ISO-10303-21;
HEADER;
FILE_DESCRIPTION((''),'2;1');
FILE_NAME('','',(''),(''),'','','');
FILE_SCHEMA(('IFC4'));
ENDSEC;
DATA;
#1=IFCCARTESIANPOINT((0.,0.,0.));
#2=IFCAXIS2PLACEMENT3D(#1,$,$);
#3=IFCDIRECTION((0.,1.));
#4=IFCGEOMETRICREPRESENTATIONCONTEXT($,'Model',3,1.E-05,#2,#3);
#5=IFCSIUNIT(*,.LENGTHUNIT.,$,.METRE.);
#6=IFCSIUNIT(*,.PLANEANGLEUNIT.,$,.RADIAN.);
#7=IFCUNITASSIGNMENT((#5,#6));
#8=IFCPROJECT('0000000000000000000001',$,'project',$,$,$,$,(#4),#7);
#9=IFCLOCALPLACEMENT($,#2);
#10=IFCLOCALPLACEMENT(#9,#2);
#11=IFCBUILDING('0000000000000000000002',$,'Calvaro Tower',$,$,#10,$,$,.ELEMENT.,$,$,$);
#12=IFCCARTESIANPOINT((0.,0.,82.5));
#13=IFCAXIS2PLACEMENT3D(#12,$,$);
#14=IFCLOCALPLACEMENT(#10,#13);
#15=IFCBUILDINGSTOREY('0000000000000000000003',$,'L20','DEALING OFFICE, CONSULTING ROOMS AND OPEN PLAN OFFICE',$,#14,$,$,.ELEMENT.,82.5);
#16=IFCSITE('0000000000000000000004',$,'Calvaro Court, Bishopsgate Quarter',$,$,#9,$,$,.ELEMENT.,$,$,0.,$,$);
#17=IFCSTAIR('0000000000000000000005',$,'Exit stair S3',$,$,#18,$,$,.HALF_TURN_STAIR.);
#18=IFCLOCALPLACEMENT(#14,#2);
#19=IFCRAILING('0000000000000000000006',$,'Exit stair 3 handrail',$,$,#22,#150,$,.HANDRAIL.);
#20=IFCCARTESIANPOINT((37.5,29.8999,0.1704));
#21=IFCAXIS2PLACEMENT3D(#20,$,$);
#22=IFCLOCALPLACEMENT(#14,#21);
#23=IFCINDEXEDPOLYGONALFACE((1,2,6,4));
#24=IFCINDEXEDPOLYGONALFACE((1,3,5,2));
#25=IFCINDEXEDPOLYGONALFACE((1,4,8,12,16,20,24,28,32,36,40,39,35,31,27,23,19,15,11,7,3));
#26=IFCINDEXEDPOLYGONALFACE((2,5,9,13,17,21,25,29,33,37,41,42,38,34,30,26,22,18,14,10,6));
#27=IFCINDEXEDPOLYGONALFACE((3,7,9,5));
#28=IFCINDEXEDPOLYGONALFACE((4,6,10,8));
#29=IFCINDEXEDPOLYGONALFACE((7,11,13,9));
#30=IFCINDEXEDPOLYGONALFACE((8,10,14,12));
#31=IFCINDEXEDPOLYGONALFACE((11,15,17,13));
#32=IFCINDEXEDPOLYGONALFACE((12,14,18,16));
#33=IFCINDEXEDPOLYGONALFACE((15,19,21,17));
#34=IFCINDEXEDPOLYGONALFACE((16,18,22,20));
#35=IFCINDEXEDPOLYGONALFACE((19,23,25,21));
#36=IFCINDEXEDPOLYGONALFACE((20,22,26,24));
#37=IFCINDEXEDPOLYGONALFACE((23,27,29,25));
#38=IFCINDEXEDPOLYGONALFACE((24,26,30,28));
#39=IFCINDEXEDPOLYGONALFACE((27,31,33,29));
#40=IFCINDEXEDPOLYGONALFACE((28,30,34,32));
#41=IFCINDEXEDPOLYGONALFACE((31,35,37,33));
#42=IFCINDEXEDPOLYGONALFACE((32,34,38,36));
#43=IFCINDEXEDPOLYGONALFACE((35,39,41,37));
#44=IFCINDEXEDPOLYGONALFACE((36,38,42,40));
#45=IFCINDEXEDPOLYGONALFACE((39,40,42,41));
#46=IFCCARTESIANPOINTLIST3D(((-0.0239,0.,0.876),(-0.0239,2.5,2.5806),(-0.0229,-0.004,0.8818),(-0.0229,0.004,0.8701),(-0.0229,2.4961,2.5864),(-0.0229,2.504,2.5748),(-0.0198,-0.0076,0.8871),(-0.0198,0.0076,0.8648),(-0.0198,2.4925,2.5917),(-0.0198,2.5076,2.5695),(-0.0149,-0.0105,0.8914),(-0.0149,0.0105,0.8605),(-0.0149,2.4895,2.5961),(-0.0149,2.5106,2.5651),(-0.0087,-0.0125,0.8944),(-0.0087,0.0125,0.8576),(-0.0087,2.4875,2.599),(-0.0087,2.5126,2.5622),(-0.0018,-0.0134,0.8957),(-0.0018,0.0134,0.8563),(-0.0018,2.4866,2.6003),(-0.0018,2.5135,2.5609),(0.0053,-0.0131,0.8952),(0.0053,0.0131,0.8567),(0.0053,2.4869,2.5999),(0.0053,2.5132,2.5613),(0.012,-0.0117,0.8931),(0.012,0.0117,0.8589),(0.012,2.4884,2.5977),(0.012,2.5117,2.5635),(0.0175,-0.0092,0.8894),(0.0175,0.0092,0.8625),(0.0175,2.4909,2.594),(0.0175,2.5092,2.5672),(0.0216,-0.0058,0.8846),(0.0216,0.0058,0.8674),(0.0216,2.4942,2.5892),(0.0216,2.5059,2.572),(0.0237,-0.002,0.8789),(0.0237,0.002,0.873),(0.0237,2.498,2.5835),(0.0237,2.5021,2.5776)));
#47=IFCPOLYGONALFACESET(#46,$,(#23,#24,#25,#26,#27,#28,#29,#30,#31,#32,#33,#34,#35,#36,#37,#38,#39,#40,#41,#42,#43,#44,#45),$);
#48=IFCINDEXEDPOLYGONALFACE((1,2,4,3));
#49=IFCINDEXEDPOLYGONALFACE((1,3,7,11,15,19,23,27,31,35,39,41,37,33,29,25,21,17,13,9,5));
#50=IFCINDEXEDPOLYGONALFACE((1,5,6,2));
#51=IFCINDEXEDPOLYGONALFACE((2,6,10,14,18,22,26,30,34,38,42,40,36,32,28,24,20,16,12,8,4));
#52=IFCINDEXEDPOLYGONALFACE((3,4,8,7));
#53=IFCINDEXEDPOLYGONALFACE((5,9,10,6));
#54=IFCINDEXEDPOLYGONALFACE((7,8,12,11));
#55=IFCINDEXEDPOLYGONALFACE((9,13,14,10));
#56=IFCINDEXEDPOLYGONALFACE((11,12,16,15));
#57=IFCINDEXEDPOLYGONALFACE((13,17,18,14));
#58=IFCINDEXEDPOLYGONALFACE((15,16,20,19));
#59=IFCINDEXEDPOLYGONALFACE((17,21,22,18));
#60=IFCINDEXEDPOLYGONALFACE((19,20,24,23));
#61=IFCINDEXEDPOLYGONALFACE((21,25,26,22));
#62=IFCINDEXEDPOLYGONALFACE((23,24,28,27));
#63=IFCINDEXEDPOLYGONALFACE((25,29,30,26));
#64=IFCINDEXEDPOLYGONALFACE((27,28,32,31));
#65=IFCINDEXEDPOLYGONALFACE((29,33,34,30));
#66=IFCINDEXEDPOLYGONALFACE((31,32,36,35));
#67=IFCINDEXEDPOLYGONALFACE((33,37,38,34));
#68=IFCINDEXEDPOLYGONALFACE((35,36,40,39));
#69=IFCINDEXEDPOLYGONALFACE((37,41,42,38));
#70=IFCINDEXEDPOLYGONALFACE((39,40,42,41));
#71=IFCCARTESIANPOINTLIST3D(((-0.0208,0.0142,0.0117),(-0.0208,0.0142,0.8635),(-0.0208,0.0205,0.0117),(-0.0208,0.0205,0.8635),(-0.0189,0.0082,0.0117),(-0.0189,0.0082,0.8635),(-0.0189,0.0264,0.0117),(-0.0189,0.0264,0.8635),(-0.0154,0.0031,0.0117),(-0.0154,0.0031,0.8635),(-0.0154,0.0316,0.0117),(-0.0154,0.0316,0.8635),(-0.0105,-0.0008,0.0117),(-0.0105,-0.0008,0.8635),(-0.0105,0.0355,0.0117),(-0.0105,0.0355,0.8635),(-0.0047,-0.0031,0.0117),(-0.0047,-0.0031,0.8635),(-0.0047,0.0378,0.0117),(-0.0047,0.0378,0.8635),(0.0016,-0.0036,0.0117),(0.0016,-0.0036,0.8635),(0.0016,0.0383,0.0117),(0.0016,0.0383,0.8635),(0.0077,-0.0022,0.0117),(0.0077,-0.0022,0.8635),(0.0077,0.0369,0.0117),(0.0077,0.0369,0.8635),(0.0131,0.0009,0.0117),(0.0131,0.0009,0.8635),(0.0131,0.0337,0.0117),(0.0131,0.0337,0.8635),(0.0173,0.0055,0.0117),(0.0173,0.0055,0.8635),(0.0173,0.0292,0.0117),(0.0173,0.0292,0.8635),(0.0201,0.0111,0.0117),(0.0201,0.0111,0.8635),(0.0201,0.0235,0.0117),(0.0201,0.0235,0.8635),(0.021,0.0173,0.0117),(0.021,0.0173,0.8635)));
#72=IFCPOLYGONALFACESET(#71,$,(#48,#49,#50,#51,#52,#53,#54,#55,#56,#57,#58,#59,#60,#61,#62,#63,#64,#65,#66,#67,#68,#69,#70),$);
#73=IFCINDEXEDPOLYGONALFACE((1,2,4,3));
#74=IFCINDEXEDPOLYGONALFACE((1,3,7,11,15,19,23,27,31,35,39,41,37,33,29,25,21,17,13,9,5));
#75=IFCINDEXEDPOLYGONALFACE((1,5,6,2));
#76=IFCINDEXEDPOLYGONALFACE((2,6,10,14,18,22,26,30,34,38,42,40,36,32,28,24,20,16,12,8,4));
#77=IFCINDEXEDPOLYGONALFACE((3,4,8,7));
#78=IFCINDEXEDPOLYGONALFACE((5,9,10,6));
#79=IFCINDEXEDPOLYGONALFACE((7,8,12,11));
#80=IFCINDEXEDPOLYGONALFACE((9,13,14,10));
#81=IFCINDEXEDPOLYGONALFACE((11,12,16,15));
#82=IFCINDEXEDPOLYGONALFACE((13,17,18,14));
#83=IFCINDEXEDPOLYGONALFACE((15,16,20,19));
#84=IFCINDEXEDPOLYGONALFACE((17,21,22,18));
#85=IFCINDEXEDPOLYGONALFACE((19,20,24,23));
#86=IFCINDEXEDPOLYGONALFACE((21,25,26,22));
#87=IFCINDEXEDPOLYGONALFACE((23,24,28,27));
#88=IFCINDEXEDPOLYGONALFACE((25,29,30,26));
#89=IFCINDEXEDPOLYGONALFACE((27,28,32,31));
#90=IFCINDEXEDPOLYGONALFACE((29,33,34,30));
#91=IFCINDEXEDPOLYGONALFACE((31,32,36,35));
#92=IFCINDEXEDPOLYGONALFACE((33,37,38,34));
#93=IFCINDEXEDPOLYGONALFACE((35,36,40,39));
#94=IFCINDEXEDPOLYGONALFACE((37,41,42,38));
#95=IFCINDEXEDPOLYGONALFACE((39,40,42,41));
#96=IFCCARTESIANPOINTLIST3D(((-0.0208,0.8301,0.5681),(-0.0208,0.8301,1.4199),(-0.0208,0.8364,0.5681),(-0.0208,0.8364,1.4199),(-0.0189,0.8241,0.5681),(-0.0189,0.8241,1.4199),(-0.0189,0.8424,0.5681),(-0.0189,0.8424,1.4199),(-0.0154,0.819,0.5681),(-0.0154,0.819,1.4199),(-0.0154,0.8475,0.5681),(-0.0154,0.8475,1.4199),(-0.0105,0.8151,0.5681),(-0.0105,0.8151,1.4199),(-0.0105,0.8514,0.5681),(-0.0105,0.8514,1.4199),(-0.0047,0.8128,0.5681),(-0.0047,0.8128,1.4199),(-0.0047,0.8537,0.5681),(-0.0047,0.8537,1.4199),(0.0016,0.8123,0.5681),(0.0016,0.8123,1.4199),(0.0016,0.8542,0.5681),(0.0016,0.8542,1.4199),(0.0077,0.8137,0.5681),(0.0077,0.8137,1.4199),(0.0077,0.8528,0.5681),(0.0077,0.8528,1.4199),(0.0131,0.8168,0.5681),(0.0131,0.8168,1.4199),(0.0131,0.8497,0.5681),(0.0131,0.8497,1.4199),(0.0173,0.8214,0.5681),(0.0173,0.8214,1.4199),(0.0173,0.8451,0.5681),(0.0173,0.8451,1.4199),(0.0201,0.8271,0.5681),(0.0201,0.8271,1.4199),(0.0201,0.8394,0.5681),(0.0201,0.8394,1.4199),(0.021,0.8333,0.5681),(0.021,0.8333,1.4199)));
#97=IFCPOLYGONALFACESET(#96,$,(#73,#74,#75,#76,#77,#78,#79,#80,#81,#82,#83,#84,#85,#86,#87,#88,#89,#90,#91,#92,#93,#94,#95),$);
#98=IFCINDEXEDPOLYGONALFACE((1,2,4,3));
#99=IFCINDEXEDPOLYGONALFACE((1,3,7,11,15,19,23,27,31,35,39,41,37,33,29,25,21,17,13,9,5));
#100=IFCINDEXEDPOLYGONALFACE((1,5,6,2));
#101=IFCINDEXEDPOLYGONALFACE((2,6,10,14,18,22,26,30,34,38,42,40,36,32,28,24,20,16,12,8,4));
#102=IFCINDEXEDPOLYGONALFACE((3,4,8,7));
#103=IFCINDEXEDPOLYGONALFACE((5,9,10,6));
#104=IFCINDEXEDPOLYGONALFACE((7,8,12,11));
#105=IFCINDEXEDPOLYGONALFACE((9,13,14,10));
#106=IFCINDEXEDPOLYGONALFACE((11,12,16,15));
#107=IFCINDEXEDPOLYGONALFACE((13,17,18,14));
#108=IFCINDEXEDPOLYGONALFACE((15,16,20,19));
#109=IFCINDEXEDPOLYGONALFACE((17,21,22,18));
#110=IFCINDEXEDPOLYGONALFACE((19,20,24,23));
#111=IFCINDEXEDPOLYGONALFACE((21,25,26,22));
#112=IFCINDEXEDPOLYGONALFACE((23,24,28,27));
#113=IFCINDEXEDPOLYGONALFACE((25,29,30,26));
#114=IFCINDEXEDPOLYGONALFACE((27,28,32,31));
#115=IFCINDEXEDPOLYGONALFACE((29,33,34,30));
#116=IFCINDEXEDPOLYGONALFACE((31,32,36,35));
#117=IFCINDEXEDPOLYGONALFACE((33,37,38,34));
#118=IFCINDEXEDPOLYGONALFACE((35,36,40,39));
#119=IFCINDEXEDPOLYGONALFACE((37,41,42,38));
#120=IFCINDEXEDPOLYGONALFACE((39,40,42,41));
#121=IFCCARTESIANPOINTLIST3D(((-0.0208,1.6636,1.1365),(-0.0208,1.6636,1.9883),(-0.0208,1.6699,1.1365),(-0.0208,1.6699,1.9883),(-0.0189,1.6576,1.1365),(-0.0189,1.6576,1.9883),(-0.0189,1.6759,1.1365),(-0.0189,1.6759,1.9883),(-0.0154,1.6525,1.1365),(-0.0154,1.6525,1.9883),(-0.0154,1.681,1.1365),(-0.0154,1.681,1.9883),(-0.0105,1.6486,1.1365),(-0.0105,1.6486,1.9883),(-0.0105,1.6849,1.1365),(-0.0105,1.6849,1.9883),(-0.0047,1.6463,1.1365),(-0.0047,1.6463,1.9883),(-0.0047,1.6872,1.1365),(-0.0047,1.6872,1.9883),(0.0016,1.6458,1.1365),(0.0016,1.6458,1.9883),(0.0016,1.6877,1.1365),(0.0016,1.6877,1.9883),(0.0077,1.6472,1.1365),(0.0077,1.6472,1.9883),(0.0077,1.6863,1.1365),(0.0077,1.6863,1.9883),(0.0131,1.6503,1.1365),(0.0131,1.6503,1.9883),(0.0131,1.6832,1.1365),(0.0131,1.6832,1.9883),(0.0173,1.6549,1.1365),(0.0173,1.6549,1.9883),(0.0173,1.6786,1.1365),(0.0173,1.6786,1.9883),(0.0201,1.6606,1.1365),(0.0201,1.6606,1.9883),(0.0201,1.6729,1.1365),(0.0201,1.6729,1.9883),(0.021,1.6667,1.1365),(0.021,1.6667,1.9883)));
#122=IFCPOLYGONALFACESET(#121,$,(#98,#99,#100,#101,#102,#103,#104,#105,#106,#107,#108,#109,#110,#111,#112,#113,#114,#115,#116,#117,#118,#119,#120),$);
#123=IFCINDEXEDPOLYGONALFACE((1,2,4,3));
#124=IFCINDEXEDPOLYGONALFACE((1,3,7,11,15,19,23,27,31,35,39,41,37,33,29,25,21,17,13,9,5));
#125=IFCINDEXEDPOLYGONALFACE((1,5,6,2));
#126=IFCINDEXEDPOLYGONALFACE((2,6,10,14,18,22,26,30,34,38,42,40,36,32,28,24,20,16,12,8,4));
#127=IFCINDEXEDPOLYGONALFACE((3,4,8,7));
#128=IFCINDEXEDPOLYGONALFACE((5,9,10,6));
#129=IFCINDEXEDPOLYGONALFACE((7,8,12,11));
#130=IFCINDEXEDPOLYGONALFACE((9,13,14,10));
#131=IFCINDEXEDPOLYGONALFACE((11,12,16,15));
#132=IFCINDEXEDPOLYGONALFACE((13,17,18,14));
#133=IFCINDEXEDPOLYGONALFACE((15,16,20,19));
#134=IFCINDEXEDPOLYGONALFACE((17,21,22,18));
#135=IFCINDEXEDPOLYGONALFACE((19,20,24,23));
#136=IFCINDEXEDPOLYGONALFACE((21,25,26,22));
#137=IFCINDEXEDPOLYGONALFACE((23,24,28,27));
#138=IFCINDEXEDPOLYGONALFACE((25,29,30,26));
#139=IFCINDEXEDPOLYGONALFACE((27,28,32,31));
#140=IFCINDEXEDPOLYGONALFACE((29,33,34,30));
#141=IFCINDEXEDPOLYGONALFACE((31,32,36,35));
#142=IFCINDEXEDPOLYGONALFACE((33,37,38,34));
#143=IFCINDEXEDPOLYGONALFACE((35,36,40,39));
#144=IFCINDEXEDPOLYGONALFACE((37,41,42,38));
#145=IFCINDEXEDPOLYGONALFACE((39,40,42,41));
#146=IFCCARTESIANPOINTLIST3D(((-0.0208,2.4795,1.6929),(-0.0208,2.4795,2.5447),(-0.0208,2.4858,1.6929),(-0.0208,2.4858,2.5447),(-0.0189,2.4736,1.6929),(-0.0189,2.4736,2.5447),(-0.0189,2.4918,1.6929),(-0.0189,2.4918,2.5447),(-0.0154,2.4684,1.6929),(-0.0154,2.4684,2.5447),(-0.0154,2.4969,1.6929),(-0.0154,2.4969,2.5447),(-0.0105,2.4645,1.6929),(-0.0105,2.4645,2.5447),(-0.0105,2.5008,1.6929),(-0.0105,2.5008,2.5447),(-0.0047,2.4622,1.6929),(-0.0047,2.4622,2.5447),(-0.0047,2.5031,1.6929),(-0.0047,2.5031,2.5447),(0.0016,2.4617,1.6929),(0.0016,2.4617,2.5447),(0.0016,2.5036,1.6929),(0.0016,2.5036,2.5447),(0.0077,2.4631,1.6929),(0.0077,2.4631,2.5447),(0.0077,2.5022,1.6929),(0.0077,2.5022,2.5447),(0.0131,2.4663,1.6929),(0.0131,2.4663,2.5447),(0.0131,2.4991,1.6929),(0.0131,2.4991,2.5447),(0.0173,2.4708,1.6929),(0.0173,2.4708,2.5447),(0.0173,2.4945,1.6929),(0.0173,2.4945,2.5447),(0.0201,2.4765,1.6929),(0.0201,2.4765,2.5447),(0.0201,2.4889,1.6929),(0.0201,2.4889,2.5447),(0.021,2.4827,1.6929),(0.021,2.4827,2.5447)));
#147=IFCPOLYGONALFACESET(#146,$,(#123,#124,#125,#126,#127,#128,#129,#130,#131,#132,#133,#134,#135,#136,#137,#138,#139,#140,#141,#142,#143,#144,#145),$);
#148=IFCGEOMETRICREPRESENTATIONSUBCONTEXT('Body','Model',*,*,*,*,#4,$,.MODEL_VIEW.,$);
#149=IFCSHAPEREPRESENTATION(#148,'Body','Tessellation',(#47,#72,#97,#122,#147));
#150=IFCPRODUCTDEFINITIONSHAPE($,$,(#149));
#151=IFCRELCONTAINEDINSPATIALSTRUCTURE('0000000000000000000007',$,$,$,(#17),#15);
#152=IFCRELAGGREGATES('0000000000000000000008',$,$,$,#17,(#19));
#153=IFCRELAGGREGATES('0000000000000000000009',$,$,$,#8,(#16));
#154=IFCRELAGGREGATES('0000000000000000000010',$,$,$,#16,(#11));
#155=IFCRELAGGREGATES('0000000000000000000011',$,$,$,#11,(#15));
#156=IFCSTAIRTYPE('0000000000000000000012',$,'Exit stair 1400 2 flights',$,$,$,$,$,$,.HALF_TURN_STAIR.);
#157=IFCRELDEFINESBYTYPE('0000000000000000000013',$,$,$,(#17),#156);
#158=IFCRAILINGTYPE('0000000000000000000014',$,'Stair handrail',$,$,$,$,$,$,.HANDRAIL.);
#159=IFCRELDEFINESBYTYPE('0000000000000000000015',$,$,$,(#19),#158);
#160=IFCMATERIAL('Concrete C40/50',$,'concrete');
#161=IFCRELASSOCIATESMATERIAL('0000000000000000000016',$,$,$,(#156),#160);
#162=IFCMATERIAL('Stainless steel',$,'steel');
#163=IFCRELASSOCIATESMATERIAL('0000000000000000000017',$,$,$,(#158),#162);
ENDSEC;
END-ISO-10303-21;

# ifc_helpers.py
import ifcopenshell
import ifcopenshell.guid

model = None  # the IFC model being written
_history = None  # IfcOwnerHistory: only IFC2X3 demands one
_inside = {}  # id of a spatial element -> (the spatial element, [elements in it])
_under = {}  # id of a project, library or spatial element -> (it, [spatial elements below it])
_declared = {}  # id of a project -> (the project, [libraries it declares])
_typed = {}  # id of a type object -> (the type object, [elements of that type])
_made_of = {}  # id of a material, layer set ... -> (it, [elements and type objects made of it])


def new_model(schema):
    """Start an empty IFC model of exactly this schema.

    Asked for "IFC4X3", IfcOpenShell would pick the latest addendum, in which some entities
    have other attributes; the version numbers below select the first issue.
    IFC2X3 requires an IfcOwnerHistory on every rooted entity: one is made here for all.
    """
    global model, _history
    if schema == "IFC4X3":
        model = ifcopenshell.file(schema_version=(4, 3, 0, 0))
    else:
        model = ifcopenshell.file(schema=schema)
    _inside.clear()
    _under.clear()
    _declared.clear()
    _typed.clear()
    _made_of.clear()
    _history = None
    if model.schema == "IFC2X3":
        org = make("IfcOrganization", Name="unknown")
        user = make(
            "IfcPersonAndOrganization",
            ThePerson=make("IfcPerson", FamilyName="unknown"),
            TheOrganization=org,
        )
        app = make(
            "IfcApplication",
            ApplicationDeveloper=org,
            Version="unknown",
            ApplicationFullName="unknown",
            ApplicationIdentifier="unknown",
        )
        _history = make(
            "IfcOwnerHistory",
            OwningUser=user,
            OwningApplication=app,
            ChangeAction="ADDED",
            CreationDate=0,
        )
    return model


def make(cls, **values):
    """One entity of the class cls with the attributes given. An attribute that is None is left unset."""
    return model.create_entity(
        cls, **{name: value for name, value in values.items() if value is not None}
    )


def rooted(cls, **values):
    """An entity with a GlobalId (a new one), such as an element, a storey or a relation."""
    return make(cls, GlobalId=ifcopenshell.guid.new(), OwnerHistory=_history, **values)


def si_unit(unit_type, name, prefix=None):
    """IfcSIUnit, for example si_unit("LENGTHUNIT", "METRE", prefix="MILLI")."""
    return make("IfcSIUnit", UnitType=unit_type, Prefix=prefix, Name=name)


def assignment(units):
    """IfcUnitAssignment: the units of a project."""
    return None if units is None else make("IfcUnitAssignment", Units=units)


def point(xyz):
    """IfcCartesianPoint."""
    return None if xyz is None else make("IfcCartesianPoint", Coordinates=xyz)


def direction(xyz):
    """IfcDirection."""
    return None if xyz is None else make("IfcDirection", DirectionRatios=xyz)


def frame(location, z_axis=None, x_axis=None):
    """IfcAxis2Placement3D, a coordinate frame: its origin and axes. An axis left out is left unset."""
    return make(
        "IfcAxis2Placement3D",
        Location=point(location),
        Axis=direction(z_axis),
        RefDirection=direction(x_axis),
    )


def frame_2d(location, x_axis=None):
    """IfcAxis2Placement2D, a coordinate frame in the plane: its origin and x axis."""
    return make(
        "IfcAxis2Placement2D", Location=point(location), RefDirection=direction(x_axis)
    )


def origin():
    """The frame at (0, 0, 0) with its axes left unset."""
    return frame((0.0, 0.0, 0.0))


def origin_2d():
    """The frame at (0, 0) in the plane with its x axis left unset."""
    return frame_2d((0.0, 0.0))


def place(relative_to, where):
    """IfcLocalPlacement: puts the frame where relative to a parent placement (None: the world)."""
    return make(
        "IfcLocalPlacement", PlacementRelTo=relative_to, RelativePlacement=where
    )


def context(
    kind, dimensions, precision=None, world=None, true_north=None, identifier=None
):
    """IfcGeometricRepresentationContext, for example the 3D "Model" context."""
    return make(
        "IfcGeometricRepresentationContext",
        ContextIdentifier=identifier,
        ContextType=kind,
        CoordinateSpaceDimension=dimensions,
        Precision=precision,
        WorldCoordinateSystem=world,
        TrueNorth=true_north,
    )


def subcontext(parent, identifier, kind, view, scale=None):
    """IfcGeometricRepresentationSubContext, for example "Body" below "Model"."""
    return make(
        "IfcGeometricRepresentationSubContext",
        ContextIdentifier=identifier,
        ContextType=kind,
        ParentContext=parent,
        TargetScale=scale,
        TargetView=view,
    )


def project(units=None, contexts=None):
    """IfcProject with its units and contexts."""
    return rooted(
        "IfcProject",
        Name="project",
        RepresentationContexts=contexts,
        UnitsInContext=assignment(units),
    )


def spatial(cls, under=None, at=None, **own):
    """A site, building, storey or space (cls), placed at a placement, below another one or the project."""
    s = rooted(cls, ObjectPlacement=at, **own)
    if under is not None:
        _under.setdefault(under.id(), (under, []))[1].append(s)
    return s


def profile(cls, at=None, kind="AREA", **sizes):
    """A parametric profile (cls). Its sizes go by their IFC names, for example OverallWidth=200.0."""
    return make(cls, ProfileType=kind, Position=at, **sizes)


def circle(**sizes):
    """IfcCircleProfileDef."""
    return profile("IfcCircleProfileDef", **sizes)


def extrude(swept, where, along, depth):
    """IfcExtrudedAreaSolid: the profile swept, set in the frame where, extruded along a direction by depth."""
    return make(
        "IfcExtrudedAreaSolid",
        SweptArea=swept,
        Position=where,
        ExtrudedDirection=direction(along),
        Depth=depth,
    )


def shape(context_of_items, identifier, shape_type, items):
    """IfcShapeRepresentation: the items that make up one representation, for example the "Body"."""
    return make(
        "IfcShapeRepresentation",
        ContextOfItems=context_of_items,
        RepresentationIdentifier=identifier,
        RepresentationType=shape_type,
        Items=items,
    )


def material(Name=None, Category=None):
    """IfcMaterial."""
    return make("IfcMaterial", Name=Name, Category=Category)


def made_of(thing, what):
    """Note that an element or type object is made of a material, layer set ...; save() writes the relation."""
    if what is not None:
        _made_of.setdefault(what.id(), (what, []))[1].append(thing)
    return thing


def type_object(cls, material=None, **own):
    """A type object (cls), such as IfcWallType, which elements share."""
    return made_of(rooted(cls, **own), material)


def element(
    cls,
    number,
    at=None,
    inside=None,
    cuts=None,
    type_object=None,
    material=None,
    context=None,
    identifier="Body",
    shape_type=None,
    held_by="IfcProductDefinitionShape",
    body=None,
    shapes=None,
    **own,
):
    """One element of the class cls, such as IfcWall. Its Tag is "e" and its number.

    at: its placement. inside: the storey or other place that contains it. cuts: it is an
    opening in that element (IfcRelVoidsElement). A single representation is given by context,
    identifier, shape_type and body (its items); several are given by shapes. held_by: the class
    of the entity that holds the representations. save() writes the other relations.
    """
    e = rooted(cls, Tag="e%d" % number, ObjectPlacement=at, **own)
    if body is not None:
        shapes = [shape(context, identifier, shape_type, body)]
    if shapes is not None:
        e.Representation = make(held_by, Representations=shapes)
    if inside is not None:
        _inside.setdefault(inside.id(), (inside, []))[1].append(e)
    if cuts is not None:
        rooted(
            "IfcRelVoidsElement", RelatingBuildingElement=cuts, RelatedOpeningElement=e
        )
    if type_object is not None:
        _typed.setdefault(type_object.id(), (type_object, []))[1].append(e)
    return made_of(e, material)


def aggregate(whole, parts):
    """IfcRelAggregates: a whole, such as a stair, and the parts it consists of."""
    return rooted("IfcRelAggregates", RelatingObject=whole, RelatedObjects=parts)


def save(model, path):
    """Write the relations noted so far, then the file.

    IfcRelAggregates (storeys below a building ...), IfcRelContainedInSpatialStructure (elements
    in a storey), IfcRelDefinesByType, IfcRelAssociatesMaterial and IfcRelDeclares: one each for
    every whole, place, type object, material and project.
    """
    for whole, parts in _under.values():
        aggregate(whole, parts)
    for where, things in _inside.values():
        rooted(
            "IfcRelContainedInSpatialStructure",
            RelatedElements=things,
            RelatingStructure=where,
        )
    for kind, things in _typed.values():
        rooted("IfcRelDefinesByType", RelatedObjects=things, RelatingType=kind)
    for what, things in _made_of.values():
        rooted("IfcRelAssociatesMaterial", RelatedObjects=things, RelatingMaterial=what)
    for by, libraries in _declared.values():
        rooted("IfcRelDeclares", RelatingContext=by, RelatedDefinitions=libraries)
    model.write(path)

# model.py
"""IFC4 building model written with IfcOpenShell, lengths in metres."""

from ifc_helpers import new_model, si_unit, direction, frame, origin, origin_2d, place, context, subcontext, project, spatial, circle, extrude, material, type_object, element, aggregate, save


model = new_model("IFC4")

# Units and contexts
model_context = context("Model", 3, precision=1e-05, world=origin(), true_north=direction((0.0, 1.0)))
body_context = subcontext(model_context, "Body", "Model", "MODEL_VIEW")
ifc_project = project(units=[si_unit("LENGTHUNIT", "METRE"), si_unit("PLANEANGLEUNIT", "RADIAN")], contexts=[model_context])

# Site, building, storey
site_placement = place(None, origin())
site = spatial("IfcSite", under=ifc_project, at=site_placement, Name="Calvaro Court, Bishopsgate Quarter", CompositionType="ELEMENT", RefElevation=0.0)
building_placement = place(site_placement, origin())
building = spatial("IfcBuilding", under=site, at=building_placement, Name="Calvaro Tower", CompositionType="ELEMENT")
storey_placement = place(building_placement, frame((0.0, 0.0, 82.5)))
storey = spatial("IfcBuildingStorey", under=building, at=storey_placement, Name="L20", Description="DEALING OFFICE, CONSULTING ROOMS AND OPEN PLAN OFFICE", CompositionType="ELEMENT", Elevation=82.5)

# Stair
ifc_material_1 = material(Name="Concrete C40/50", Category="concrete")
stair_type = type_object("IfcStairType", Name="Exit stair 1400 2 flights", PredefinedType="HALF_TURN_STAIR", material=ifc_material_1)
stair_1_placement = place(storey_placement, origin())
stair_1 = element("IfcStair", 1, at=stair_1_placement, inside=storey, type_object=stair_type, Name="Exit stair S3", PredefinedType="HALF_TURN_STAIR")

# Railing
ifc_material_2 = material(Name="Stainless steel", Category="steel")
railing_type = type_object("IfcRailingType", Name="Stair handrail", PredefinedType="HANDRAIL", material=ifc_material_2)
railing_1_placement = place(storey_placement, frame((37.5, 29.8999, 0.1704)))
railing_1 = element("IfcRailing", 2, at=railing_1_placement, type_object=railing_type, Name="Exit stair 3 handrail", PredefinedType="HANDRAIL", context=body_context, shape_type="SweptSolid", body=[
    extrude(circle(Radius=0.0239, at=origin_2d()), frame((0.0, 0.0, 0.876), z_axis=(0.0, 0.826221, 0.563347), x_axis=(-1.0, 0.0, 0.0)), (0.0, 0.0, 1.0), 3.0259),
    extrude(circle(Radius=0.021, at=origin_2d()), frame((0.0, 0.0173, 0.0117)), (0.0, 0.0, 1.0), 0.8518),
    extrude(circle(Radius=0.021, at=origin_2d()), frame((0.0, 0.8333, 0.5681)), (0.0, 0.0, 1.0), 0.8518),
    extrude(circle(Radius=0.021, at=origin_2d()), frame((0.0, 1.6667, 1.1365)), (0.0, 0.0, 1.0), 0.8518),
    extrude(circle(Radius=0.021, at=origin_2d()), frame((0.0, 2.4827, 1.6929)), (0.0, 0.0, 1.0), 0.8518),
])
aggregate(stair_1, [railing_1])

save(model, "model.ifc")
